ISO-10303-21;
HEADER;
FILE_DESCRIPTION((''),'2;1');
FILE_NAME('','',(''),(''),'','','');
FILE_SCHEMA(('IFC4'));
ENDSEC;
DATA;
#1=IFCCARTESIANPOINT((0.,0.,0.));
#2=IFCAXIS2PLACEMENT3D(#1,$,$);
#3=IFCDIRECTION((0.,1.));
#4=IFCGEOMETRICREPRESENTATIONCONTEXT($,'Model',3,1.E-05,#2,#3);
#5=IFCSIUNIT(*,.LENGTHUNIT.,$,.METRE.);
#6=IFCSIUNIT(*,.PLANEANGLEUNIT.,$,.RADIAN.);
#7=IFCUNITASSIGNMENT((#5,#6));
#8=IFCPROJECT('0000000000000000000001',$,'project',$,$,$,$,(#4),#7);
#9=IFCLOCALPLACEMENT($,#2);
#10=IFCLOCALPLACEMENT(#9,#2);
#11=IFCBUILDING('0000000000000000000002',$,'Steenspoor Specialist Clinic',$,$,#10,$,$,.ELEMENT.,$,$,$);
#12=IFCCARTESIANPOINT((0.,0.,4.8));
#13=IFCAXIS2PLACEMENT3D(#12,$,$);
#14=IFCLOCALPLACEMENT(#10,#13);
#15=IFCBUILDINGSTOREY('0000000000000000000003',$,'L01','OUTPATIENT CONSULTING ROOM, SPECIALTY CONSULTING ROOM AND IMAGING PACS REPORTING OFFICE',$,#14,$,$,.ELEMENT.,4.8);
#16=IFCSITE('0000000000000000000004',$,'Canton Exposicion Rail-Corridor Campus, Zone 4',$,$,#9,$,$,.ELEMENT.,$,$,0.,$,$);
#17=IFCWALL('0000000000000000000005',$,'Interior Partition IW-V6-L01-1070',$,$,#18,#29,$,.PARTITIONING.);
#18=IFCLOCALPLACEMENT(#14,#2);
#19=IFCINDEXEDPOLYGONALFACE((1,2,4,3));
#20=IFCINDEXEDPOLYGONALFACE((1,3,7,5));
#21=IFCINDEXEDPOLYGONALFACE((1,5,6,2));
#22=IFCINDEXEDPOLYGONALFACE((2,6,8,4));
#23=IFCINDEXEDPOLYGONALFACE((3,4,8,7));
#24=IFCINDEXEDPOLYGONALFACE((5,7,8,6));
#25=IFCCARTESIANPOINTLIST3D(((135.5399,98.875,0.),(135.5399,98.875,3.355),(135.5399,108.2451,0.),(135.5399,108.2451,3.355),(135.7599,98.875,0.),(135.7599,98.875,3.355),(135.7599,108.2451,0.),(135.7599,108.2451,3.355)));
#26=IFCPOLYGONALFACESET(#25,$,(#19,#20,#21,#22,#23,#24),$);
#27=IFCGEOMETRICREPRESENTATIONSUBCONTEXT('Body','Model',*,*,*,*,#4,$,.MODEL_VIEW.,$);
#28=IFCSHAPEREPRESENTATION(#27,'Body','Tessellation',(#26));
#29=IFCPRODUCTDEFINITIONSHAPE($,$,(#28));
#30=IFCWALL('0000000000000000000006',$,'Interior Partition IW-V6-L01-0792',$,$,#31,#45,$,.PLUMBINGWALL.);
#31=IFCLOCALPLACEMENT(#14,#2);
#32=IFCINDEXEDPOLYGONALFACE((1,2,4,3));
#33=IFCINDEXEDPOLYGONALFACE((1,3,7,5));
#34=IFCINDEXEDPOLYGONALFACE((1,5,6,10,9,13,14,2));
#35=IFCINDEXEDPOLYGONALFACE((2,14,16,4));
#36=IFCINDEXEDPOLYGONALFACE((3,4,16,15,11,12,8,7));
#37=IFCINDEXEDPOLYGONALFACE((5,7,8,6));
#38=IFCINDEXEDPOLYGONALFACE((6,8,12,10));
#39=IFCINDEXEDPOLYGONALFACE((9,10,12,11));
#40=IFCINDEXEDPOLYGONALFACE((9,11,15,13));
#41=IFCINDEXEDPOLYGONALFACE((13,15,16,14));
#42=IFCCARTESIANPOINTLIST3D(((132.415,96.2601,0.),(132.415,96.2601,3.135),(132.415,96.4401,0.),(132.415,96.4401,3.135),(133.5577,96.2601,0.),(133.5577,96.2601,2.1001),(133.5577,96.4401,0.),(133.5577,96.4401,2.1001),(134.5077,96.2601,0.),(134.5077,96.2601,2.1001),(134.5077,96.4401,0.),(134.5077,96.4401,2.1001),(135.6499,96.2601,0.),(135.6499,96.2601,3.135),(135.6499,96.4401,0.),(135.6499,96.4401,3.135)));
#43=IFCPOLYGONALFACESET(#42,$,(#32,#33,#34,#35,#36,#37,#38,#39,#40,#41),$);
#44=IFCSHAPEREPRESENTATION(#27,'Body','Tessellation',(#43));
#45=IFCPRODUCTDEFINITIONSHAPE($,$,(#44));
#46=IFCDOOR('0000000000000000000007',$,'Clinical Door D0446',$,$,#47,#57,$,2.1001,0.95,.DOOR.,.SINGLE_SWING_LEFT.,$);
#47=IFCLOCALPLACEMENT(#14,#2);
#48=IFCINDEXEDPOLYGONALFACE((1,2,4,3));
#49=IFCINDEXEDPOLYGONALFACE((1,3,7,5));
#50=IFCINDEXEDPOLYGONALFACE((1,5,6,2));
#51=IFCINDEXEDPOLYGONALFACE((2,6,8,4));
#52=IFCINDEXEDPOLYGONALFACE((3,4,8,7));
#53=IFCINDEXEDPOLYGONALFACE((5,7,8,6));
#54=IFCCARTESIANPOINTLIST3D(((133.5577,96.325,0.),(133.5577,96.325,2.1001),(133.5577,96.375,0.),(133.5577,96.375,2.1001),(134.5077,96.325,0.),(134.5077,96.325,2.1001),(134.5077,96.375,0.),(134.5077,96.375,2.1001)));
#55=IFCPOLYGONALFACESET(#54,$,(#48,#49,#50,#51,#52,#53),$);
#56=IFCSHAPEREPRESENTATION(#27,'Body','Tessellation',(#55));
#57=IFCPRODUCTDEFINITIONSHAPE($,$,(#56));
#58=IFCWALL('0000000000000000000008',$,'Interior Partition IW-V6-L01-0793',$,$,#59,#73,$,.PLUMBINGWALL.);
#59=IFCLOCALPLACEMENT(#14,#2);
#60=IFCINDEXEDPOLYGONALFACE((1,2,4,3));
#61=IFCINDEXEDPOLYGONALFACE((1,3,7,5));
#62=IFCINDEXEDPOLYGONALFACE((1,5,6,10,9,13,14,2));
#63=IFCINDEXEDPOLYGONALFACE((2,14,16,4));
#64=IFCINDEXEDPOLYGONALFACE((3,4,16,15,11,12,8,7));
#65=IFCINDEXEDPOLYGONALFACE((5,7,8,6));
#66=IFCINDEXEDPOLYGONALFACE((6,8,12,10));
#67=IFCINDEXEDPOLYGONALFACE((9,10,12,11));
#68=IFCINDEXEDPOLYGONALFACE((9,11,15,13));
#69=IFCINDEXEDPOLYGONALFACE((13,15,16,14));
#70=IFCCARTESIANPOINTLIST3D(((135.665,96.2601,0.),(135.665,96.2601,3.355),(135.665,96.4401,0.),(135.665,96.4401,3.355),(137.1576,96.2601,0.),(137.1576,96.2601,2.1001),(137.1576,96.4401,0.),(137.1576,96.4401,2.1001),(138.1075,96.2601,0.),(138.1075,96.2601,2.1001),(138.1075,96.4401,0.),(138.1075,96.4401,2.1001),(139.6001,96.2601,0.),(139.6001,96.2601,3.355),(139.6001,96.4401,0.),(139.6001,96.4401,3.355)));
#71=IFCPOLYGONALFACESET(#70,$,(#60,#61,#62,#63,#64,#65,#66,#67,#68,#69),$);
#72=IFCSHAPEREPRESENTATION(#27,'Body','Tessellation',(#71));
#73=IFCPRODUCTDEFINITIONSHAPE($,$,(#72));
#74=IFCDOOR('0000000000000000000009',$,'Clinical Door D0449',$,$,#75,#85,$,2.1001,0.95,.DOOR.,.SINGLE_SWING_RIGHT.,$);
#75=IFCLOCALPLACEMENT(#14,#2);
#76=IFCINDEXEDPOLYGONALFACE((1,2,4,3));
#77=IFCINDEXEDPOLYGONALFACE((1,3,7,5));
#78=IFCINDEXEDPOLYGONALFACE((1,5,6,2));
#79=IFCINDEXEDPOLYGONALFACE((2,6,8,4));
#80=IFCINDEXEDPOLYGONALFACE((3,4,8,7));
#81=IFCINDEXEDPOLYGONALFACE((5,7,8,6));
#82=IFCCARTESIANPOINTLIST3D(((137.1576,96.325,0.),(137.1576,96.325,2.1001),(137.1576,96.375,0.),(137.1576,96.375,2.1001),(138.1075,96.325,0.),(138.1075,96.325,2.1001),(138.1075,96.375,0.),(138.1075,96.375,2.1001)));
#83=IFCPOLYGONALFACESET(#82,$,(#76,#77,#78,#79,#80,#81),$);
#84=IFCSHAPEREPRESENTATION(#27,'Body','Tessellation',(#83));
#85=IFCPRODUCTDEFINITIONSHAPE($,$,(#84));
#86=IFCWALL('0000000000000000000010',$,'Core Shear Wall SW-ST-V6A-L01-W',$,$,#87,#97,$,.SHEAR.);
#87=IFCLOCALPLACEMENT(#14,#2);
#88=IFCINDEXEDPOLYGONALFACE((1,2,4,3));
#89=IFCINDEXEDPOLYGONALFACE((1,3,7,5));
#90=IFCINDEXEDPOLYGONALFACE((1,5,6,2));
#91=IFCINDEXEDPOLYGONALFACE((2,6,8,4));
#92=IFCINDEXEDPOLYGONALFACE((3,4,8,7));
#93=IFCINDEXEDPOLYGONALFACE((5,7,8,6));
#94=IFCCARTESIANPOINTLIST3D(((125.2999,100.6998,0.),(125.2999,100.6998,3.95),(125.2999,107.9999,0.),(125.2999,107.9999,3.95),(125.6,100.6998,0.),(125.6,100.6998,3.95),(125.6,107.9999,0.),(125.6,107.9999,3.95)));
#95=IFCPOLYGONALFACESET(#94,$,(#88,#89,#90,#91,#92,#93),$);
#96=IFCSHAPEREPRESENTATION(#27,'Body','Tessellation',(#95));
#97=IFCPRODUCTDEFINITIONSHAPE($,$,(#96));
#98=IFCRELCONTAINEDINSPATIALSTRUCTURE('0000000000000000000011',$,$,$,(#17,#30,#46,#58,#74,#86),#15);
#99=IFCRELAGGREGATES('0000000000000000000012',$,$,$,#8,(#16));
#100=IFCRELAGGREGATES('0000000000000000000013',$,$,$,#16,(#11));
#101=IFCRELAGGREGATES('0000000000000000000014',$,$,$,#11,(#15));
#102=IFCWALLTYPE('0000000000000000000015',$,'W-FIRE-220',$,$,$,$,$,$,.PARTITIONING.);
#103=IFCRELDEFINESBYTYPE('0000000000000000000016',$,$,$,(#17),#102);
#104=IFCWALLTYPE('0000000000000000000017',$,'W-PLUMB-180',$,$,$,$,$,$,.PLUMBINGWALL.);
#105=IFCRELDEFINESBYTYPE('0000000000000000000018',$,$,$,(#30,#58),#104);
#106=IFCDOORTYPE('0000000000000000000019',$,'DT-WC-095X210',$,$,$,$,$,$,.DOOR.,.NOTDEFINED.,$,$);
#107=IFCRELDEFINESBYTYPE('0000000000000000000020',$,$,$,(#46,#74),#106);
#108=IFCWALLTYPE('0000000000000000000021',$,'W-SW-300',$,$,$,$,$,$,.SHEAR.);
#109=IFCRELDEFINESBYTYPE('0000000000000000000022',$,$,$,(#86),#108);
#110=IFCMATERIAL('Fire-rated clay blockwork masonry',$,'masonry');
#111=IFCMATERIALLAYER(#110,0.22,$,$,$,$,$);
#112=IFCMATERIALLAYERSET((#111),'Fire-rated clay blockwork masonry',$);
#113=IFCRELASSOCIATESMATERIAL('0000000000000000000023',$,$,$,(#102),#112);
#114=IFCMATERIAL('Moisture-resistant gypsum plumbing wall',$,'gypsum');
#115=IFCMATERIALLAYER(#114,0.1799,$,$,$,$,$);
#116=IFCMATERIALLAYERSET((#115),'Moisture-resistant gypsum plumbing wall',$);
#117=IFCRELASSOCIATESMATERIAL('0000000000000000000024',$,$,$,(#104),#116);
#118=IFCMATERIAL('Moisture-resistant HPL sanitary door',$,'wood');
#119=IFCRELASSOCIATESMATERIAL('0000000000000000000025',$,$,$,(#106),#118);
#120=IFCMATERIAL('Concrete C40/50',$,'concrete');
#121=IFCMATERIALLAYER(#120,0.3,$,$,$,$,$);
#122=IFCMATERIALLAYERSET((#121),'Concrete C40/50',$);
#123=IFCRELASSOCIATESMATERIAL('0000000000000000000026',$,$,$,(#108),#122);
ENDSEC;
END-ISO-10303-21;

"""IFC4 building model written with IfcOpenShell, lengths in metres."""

from ifc_helpers import new_model, si_unit, direction, frame, frame_2d, origin, place, context, subcontext, project, spatial, rectangle, extrude, material, layer, layer_set, type_object, element, fill, save


model = new_model("IFC4")

# Units and contexts
model_context = context("Model", 3, precision=1e-05, world=origin(), true_north=direction((0.0, 1.0)))
body_context = subcontext(model_context, "Body", "Model", "MODEL_VIEW")
ifc_project = project(units=[si_unit("LENGTHUNIT", "METRE"), si_unit("PLANEANGLEUNIT", "RADIAN")], contexts=[model_context])

# Site, building, storey
site_placement = place(None, origin())
site = spatial("IfcSite", under=ifc_project, at=site_placement, Name="Canton Exposicion Rail-Corridor Campus, Zone 4", CompositionType="ELEMENT", RefElevation=0.0)
building_placement = place(site_placement, origin())
building = spatial("IfcBuilding", under=site, at=building_placement, Name="Steenspoor Specialist Clinic", CompositionType="ELEMENT")
storey_placement = place(building_placement, frame((0.0, 0.0, 4.8)))
storey = spatial("IfcBuildingStorey", under=building, at=storey_placement, Name="L01", Description="OUTPATIENT CONSULTING ROOM, SPECIALTY CONSULTING ROOM AND IMAGING PACS REPORTING OFFICE", CompositionType="ELEMENT", Elevation=4.8)

# Shared definitions
ifc_material_1 = material(Name="Fire-rated clay blockwork masonry", Category="masonry")
ifc_layer_1 = layer(ifc_material_1, 0.22)
ifc_layer_set_1 = layer_set([ifc_layer_1], Name="Fire-rated clay blockwork masonry")
wall_type_1 = type_object("IfcWallType", Name="W-FIRE-220", PredefinedType="PARTITIONING", material=ifc_layer_set_1)

# Wall
wall_1_placement = place(storey_placement, frame((135.6499, 98.875, 0.0), z_axis=(0.0, 0.0, 1.0), x_axis=(0.0, 1.0, 0.0)))
element("IfcWall", 1, at=wall_1_placement, inside=storey, type_object=wall_type_1, Name="Interior Partition IW-V6-L01-1070", PredefinedType="PARTITIONING", context=body_context, shape_type="SweptSolid", body=[
    extrude(rectangle(XDim=9.3701, YDim=0.22, at=frame_2d((4.6851, 0.0))), origin(), (0.0, 0.0, 1.0), 3.355),
])

# Walls, openings, doors
ifc_material_2 = material(Name="Moisture-resistant gypsum plumbing wall", Category="gypsum")
ifc_layer_2 = layer(ifc_material_2, 0.1799)
ifc_layer_set_2 = layer_set([ifc_layer_2], Name="Moisture-resistant gypsum plumbing wall")
wall_type_2 = type_object("IfcWallType", Name="W-PLUMB-180", PredefinedType="PLUMBINGWALL", material=ifc_layer_set_2)
wall_2_placement = place(storey_placement, frame((132.415, 96.3501, 0.0), z_axis=(0.0, 0.0, 1.0), x_axis=(1.0, 0.0, 0.0)))
wall_2 = element("IfcWall", 2, at=wall_2_placement, inside=storey, type_object=wall_type_2, Name="Interior Partition IW-V6-L01-0792", PredefinedType="PLUMBINGWALL", context=body_context, shape_type="SweptSolid", body=[
    extrude(rectangle(XDim=3.2349, YDim=0.1799, at=frame_2d((1.6174, 0.0))), origin(), (0.0, 0.0, 1.0), 3.135),
])
opening_1_placement = place(wall_2_placement, frame((1.1426, 0.0, 0.0)))
opening_1 = element("IfcOpeningElement", 3, at=opening_1_placement, cuts=wall_2, PredefinedType="OPENING", context=body_context, shape_type="SweptSolid", body=[
    extrude(rectangle(XDim=0.95, YDim=2.1001, at=frame_2d((0.4751, 1.05))), frame((0.0, 0.1001, 0.0), z_axis=(0.0, -1.0, 0.0), x_axis=(1.0, 0.0, 0.0)), (0.0, 0.0, 1.0), 0.2),
])
ifc_material_3 = material(Name="Moisture-resistant HPL sanitary door", Category="wood")
door_type_1 = type_object("IfcDoorType", Name="DT-WC-095X210", OperationType="NOTDEFINED", PredefinedType="DOOR", material=ifc_material_3)
door_1_placement = place(opening_1_placement, origin())
door_1 = element("IfcDoor", 4, at=door_1_placement, inside=storey, type_object=door_type_1, Name="Clinical Door D0446", OperationType="SINGLE_SWING_LEFT", OverallHeight=2.1001, OverallWidth=0.95, PredefinedType="DOOR", context=body_context, shape_type="SweptSolid", body=[
    extrude(rectangle(XDim=0.95, YDim=2.1001, at=frame_2d((0.4751, 1.05))), frame((0.0, 0.0249, 0.0), z_axis=(0.0, -1.0, 0.0), x_axis=(1.0, 0.0, 0.0)), (0.0, 0.0, 1.0), 0.05),
])
fill(opening_1, door_1)
wall_3_placement = place(storey_placement, frame((135.665, 96.3501, 0.0), z_axis=(0.0, 0.0, 1.0), x_axis=(1.0, 0.0, 0.0)))
wall_3 = element("IfcWall", 5, at=wall_3_placement, inside=storey, type_object=wall_type_2, Name="Interior Partition IW-V6-L01-0793", PredefinedType="PLUMBINGWALL", context=body_context, shape_type="SweptSolid", body=[
    extrude(rectangle(XDim=3.9351, YDim=0.1799, at=frame_2d((1.9675, 0.0))), origin(), (0.0, 0.0, 1.0), 3.355),
])
opening_2_placement = place(wall_3_placement, frame((1.4924, 0.0, 0.0)))
opening_2 = element("IfcOpeningElement", 6, at=opening_2_placement, cuts=wall_3, PredefinedType="OPENING", context=body_context, shape_type="SweptSolid", body=[
    extrude(rectangle(XDim=0.95, YDim=2.1001, at=frame_2d((0.4751, 1.05))), frame((0.0, 0.1001, 0.0), z_axis=(0.0, -1.0, 0.0), x_axis=(1.0, 0.0, 0.0)), (0.0, 0.0, 1.0), 0.2),
])
door_2_placement = place(opening_2_placement, origin())
door_2 = element("IfcDoor", 7, at=door_2_placement, inside=storey, type_object=door_type_1, Name="Clinical Door D0449", OperationType="SINGLE_SWING_RIGHT", OverallHeight=2.1001, OverallWidth=0.95, PredefinedType="DOOR", context=body_context, shape_type="SweptSolid", body=[
    extrude(rectangle(XDim=0.95, YDim=2.1001, at=frame_2d((0.4751, 1.05))), frame((0.0, 0.0249, 0.0), z_axis=(0.0, -1.0, 0.0), x_axis=(1.0, 0.0, 0.0)), (0.0, 0.0, 1.0), 0.05),
])
fill(opening_2, door_2)

# Wall
ifc_material_4 = material(Name="Concrete C40/50", Category="concrete")
ifc_layer_3 = layer(ifc_material_4, 0.3)
ifc_layer_set_3 = layer_set([ifc_layer_3], Name="Concrete C40/50")
wall_type_3 = type_object("IfcWallType", Name="W-SW-300", PredefinedType="SHEAR", material=ifc_layer_set_3)
wall_4_placement = place(storey_placement, frame((125.45, 100.7, 0.0), z_axis=(0.0, 0.0, 1.0), x_axis=(0.0, 1.0, 0.0)))
element("IfcWall", 8, at=wall_4_placement, inside=storey, type_object=wall_type_3, Name="Core Shear Wall SW-ST-V6A-L01-W", PredefinedType="SHEAR", context=body_context, shape_type="SweptSolid", body=[
    extrude(rectangle(XDim=7.3, YDim=0.3, at=frame_2d((3.6499, 0.0))), origin(), (0.0, 0.0, 1.0), 3.95),
])

save(model, "model.ifc")
